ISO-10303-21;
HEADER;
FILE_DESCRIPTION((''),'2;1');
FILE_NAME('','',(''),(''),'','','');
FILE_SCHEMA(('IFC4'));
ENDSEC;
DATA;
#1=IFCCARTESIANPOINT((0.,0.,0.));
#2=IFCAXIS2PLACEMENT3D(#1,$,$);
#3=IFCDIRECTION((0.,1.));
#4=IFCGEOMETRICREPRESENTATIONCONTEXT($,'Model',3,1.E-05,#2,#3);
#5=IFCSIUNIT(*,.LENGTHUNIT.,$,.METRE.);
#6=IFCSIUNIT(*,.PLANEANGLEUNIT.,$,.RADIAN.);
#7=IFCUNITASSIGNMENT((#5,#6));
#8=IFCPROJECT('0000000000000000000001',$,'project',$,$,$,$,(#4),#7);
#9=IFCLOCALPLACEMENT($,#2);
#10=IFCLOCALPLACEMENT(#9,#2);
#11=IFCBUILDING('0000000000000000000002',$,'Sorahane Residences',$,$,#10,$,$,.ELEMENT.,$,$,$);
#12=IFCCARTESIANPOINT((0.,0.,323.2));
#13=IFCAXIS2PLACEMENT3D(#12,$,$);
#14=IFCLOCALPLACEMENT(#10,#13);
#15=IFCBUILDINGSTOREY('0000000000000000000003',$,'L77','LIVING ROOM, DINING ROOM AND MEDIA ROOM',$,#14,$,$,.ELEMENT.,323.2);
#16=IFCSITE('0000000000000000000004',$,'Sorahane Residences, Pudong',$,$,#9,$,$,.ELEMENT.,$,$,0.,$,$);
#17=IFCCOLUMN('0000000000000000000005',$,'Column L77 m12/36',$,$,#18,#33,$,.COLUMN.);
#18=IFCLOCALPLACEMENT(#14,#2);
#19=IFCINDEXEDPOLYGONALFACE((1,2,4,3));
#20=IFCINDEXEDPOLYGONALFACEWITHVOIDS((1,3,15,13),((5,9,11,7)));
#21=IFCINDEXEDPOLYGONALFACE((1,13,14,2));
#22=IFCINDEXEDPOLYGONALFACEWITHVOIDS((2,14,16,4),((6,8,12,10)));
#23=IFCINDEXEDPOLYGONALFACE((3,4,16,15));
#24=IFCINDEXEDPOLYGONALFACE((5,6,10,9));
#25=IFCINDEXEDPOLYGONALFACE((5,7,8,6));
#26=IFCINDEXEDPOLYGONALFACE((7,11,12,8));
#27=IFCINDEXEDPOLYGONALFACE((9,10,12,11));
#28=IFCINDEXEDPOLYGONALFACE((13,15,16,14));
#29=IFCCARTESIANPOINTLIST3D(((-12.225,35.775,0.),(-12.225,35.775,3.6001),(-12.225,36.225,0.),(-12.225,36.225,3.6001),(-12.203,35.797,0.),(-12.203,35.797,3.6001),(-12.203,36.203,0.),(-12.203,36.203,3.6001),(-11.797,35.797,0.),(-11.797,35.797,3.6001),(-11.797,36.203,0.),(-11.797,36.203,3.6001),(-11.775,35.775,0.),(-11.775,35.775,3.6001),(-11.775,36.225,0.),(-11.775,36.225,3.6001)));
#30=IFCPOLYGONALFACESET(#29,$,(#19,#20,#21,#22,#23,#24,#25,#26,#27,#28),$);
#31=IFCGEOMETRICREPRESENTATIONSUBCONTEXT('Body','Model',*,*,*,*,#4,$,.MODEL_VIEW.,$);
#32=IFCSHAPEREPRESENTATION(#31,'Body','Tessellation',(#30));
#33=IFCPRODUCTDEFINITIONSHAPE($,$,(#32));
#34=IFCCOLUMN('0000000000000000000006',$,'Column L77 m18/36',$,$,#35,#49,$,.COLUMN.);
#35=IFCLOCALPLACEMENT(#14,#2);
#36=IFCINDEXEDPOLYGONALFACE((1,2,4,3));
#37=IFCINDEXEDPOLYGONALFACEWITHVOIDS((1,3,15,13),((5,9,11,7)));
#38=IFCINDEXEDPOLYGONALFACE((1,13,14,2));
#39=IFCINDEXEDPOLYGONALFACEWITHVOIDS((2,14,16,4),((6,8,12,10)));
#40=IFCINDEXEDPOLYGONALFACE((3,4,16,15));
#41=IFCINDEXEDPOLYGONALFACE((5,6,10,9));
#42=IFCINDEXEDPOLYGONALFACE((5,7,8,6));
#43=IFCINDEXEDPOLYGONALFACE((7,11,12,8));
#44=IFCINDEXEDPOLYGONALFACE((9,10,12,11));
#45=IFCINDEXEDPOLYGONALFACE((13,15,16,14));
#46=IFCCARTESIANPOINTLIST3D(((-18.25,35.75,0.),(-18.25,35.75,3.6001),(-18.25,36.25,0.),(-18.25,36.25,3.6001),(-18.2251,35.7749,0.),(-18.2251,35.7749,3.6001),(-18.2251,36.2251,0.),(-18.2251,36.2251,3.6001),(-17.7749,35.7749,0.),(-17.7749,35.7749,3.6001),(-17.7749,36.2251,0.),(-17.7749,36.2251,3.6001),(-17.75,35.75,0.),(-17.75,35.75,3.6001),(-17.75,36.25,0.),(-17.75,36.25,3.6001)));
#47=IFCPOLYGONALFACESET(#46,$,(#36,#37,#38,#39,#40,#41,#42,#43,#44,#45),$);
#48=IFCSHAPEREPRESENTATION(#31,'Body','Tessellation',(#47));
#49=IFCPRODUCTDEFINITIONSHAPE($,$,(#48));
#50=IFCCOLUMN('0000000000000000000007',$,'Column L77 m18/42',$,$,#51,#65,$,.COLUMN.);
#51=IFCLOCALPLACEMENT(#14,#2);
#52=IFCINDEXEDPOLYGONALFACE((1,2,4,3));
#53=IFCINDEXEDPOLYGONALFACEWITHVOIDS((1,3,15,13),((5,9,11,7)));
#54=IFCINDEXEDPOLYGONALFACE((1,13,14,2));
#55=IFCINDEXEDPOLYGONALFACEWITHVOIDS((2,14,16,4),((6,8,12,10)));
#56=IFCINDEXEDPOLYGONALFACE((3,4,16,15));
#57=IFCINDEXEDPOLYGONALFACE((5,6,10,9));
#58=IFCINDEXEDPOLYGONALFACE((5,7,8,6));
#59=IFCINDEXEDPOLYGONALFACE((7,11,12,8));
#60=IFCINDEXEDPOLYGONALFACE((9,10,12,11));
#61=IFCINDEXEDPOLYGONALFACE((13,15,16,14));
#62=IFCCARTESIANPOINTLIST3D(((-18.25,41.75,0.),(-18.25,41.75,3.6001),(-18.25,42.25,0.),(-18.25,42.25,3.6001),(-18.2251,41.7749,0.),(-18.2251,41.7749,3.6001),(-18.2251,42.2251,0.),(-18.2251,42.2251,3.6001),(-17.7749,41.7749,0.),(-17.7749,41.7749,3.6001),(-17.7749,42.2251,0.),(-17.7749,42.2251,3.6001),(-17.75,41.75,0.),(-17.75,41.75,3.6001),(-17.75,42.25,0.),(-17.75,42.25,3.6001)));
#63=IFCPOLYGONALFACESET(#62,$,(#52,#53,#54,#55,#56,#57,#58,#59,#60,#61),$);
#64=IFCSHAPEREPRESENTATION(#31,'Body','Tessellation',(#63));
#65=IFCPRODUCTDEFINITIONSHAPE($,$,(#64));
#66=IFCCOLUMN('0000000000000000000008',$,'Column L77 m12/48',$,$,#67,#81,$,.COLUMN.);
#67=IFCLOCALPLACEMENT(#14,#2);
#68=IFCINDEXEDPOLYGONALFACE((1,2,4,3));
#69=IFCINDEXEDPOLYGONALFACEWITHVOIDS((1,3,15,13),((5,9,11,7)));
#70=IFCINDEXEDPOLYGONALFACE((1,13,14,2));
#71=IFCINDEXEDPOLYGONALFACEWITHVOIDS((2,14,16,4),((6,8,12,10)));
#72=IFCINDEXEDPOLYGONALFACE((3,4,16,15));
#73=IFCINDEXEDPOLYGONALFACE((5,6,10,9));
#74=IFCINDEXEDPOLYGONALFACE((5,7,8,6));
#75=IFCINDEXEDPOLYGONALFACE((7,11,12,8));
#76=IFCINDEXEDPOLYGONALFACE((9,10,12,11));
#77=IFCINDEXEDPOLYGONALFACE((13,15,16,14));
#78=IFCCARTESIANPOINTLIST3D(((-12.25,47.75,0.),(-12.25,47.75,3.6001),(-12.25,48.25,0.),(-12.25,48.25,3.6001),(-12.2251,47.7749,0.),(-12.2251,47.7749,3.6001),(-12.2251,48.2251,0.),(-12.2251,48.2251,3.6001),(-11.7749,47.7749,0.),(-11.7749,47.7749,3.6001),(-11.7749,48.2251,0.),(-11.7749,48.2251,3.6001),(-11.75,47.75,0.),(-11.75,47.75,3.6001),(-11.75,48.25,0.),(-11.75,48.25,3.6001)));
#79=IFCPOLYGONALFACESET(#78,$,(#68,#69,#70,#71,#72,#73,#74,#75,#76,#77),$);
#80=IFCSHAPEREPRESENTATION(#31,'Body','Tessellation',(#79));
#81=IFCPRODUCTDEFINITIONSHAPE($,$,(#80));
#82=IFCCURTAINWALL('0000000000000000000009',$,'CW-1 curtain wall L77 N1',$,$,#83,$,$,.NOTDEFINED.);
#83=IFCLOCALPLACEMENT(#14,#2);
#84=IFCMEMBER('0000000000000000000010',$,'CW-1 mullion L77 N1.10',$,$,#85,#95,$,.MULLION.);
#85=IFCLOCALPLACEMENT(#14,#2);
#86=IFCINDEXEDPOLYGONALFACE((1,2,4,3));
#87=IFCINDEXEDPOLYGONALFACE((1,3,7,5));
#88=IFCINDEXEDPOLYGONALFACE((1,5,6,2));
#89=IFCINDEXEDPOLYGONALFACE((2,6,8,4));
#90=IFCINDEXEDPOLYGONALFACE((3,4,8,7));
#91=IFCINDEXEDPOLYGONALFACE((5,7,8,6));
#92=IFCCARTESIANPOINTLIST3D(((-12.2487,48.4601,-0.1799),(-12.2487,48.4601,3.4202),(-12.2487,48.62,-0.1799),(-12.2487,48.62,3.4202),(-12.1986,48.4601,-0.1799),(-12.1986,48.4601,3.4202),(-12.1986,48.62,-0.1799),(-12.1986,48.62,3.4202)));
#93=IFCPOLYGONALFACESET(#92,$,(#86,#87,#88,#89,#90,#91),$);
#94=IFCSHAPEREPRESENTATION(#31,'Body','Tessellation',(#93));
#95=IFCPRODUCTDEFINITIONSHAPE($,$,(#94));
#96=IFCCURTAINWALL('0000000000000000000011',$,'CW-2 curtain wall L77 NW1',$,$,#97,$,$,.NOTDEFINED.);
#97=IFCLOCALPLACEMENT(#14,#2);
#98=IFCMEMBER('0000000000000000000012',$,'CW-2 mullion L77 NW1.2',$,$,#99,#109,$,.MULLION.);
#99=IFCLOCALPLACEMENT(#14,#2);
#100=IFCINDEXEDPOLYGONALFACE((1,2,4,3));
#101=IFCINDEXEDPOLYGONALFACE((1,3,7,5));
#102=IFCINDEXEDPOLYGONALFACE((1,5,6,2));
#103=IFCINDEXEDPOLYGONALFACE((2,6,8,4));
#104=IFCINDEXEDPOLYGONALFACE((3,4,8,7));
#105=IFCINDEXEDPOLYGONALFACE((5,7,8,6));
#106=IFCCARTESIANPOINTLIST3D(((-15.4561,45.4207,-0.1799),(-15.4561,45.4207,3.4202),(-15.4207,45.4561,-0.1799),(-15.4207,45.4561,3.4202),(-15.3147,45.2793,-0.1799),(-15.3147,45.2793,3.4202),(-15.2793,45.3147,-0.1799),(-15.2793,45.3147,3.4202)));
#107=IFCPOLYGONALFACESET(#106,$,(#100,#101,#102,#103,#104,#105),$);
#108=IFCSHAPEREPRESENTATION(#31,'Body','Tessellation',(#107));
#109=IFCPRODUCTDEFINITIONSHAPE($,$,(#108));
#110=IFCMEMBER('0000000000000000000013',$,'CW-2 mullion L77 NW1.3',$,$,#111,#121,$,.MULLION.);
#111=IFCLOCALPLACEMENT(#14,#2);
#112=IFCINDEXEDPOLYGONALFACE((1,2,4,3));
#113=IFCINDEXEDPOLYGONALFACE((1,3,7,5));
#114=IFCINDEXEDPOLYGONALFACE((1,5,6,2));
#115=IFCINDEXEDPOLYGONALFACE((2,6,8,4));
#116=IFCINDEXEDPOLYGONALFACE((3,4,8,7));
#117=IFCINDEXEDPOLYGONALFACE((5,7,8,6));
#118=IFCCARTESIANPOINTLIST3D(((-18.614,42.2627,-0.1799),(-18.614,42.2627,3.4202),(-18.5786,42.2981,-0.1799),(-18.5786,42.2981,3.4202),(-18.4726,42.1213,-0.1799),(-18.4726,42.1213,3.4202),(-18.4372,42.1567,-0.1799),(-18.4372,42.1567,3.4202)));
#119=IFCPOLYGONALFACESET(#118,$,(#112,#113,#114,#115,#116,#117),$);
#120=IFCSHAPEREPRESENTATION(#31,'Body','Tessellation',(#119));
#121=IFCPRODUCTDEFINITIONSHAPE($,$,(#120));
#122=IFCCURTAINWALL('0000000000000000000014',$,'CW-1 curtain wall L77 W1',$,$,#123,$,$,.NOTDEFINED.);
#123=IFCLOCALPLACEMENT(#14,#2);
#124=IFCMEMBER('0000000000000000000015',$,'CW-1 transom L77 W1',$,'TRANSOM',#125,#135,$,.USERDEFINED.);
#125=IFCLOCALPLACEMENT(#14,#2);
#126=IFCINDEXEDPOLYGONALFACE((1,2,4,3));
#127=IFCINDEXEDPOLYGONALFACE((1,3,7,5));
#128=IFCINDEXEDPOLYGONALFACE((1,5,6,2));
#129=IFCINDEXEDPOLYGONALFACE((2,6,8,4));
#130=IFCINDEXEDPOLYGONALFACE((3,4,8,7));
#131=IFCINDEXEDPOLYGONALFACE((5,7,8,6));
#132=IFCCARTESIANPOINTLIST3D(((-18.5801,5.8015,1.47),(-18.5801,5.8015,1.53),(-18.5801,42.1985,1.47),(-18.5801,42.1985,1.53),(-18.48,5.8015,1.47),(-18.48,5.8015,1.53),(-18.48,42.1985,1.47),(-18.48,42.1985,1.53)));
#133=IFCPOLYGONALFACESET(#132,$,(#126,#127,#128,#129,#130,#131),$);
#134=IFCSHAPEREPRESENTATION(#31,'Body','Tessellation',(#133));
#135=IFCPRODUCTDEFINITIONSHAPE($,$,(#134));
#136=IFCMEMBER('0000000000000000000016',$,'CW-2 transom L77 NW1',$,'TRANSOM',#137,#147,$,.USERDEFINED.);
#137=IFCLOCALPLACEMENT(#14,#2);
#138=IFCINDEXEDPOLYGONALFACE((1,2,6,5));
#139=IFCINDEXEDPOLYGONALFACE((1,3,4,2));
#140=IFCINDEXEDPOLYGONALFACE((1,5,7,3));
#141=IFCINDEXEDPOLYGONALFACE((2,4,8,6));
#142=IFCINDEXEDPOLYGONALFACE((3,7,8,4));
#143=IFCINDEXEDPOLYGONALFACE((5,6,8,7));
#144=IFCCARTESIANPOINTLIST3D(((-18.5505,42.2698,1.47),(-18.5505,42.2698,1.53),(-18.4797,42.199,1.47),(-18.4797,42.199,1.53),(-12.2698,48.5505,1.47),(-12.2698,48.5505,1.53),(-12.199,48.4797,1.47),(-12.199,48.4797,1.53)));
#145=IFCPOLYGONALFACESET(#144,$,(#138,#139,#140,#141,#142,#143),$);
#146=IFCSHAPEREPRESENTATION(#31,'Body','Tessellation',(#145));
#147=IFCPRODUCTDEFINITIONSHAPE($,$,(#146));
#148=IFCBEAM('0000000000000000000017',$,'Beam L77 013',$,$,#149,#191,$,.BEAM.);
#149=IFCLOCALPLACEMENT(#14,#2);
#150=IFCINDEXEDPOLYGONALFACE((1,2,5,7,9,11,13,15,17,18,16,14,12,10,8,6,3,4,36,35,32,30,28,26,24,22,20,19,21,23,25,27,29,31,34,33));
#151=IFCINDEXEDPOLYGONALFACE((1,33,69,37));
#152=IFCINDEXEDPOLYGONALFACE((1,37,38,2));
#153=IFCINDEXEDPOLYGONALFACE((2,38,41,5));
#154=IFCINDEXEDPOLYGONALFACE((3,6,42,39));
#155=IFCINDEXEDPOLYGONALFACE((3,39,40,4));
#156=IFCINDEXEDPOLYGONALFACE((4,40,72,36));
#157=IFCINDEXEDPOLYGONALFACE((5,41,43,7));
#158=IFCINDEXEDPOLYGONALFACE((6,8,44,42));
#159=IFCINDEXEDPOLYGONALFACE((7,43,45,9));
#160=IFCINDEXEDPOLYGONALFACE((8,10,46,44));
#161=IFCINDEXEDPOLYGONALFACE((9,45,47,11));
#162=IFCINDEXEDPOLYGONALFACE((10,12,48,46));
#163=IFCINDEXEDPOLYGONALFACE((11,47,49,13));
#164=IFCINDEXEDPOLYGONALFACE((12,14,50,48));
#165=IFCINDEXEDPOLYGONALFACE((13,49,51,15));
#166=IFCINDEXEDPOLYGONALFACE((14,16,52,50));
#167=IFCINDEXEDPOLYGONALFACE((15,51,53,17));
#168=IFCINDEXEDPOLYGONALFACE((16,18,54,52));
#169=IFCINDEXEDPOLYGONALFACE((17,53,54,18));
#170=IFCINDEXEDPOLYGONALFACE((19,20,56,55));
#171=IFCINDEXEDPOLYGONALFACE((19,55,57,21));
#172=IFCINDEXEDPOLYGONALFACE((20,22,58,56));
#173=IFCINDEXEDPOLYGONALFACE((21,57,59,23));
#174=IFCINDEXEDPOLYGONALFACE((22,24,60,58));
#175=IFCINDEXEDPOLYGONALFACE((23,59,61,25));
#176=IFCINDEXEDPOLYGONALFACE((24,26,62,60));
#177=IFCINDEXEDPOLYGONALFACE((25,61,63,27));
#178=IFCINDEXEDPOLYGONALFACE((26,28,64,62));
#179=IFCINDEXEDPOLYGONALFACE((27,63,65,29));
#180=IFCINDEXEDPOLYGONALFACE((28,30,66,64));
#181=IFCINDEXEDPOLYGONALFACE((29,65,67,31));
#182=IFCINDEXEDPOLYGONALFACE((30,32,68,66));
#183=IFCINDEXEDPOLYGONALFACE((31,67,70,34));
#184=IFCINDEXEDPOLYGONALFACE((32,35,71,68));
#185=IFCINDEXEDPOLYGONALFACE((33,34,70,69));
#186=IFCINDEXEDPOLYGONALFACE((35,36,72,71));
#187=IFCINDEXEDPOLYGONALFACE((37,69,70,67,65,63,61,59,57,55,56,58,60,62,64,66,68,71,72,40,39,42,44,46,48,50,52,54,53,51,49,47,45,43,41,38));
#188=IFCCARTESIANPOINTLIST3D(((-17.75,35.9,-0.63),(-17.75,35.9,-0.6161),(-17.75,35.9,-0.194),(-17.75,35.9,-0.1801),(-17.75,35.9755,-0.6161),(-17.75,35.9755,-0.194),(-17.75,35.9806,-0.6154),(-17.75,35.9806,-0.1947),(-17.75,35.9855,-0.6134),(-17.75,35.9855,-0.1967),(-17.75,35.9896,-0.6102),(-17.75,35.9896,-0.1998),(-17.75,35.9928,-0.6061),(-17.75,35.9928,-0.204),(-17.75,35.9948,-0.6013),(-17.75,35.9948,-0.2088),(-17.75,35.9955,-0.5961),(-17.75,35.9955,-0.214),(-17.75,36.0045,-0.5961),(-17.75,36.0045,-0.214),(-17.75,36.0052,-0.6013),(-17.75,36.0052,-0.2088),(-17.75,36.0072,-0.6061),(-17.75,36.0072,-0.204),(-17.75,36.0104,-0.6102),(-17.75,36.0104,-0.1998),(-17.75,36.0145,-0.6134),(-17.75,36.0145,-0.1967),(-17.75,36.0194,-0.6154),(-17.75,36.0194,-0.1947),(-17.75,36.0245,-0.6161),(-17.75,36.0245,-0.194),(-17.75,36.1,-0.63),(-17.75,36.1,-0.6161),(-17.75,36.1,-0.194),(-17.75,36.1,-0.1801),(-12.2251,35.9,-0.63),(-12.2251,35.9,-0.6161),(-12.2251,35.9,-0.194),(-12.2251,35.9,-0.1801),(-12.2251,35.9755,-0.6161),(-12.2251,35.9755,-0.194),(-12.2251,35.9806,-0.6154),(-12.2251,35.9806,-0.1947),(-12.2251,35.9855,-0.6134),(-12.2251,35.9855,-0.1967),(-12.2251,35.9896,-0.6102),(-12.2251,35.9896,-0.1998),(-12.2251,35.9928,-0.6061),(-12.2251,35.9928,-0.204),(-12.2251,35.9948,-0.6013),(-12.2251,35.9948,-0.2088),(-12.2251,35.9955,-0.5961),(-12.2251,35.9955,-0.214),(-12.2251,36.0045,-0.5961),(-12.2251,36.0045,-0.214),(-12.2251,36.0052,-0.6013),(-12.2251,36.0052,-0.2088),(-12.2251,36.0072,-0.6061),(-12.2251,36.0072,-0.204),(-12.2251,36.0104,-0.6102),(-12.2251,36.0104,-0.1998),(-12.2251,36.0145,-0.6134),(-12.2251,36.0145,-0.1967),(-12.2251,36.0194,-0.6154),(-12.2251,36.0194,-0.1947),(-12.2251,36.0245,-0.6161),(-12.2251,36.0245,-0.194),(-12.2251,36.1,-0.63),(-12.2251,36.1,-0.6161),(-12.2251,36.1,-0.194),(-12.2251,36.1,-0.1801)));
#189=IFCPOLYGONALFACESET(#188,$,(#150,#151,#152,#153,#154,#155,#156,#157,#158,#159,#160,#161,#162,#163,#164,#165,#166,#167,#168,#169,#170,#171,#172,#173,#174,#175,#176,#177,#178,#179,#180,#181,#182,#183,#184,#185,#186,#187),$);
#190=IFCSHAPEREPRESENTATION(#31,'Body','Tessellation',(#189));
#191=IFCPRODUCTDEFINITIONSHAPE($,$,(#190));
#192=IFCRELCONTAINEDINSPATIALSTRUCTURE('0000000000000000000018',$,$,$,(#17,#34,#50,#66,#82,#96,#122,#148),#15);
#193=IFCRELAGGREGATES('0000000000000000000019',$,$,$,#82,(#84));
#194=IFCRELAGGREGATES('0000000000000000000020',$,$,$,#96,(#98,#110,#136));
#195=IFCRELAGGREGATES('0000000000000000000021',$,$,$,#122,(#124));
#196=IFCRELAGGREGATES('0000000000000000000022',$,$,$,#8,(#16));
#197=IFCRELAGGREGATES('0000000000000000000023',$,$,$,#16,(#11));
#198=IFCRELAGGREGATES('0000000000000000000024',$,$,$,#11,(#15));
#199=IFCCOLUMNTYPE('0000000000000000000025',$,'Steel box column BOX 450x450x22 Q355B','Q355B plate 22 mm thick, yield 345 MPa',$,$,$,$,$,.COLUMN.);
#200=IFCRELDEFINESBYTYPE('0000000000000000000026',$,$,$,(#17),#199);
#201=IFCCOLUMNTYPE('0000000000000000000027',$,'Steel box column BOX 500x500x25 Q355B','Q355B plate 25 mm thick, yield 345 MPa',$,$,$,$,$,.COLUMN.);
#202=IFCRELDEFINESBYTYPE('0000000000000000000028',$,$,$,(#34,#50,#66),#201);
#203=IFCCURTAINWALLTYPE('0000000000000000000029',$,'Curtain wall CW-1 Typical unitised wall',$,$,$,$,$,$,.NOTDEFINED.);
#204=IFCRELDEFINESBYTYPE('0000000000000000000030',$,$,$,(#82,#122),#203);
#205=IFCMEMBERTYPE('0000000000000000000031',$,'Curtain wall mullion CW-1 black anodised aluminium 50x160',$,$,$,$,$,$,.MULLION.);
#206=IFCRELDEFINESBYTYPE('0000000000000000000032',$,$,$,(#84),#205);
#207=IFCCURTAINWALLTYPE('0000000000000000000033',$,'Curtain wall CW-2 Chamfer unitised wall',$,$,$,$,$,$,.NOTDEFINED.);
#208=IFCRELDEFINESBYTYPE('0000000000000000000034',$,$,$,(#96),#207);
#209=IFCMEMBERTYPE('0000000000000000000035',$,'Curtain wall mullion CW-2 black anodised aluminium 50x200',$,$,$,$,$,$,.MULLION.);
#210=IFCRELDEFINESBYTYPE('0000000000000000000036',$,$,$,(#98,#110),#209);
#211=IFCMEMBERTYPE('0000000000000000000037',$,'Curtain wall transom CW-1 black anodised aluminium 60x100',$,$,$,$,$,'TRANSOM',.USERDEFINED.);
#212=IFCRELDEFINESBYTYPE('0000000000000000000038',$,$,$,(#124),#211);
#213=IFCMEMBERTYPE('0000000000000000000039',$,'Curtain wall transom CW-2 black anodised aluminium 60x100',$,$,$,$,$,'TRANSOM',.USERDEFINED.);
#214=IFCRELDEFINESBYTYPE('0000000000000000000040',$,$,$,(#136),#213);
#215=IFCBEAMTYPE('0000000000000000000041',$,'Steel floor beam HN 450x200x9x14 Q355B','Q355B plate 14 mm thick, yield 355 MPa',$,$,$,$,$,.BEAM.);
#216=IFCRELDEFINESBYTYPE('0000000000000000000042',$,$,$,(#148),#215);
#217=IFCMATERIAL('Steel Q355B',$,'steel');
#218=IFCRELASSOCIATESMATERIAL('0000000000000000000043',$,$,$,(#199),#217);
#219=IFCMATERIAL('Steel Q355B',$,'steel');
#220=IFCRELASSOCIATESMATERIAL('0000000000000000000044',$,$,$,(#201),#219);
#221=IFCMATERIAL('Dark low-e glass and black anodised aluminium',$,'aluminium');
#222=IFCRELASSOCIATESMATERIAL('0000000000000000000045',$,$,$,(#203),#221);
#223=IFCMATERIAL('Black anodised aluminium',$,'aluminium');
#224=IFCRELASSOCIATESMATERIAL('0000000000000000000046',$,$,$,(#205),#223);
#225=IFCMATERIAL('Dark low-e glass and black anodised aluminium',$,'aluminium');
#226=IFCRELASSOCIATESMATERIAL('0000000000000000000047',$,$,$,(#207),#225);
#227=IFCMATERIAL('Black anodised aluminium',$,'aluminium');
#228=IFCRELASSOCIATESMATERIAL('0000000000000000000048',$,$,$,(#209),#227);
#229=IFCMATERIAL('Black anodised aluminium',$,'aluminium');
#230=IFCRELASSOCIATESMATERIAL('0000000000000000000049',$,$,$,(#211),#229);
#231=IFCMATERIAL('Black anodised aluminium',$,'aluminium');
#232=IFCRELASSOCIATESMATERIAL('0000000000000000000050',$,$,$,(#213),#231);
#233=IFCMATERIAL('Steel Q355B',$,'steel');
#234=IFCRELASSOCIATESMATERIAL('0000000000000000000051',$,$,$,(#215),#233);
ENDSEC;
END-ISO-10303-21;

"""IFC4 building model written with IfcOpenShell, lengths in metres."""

from ifc_helpers import new_model, si_unit, direction, frame, origin, origin_2d, place, context, subcontext, project, spatial, rectangle, hollow_rectangle, i_section, extrude, material, material_profile, profile_set, type_object, element, aggregate, save


model = new_model("IFC4")

# Units and contexts
model_context = context("Model", 3, precision=1e-05, world=origin(), true_north=direction((0.0, 1.0)))
body_context = subcontext(model_context, "Body", "Model", "MODEL_VIEW")
ifc_project = project(units=[si_unit("LENGTHUNIT", "METRE"), si_unit("PLANEANGLEUNIT", "RADIAN")], contexts=[model_context])

# Site, building, storey
site_placement = place(None, origin())
site = spatial("IfcSite", under=ifc_project, at=site_placement, Name="Sorahane Residences, Pudong", CompositionType="ELEMENT", RefElevation=0.0)
building_placement = place(site_placement, origin())
building = spatial("IfcBuilding", under=site, at=building_placement, Name="Sorahane Residences", CompositionType="ELEMENT")
storey_placement = place(building_placement, frame((0.0, 0.0, 323.2)))
storey = spatial("IfcBuildingStorey", under=building, at=storey_placement, Name="L77", Description="LIVING ROOM, DINING ROOM AND MEDIA ROOM", CompositionType="ELEMENT", Elevation=323.2)

# Columns
ifc_material_1 = material(Name="Steel Q355B", Category="steel")
ifc_material_profile_1 = material_profile(ifc_material_1, hollow_rectangle(XDim=0.45, YDim=0.45, WallThickness=0.022, at=origin_2d()), Name="BOX 450x450x22")
ifc_profile_set_1 = profile_set([ifc_material_profile_1], Name="Steel Q355B")
column_type_1 = type_object("IfcColumnType", Name="Steel box column BOX 450x450x22 Q355B", Description="Q355B plate 22 mm thick, yield 345 MPa", PredefinedType="COLUMN", material=ifc_profile_set_1)
column_placement = place(storey_placement, frame((-12.0, 36.0, 0.0), z_axis=(0.0, 0.0, 1.0), x_axis=(1.0, 0.0, 0.0)))
element("IfcColumn", 1, at=column_placement, inside=storey, type_object=column_type_1, Name="Column L77 m12/36", PredefinedType="COLUMN", context=body_context, shape_type="SweptSolid", body=[
    extrude(hollow_rectangle(XDim=0.45, YDim=0.45, WallThickness=0.022, at=origin_2d()), origin(), (0.0, 0.0, 1.0), 3.6001),
])
ifc_material_2 = material(Name="Steel Q355B", Category="steel")
ifc_material_profile_2 = material_profile(ifc_material_2, hollow_rectangle(XDim=0.5, YDim=0.5, WallThickness=0.0249, at=origin_2d()), Name="BOX 500x500x25")
ifc_profile_set_2 = profile_set([ifc_material_profile_2], Name="Steel Q355B")
column_type_2 = type_object("IfcColumnType", Name="Steel box column BOX 500x500x25 Q355B", Description="Q355B plate 25 mm thick, yield 345 MPa", PredefinedType="COLUMN", material=ifc_profile_set_2)
for number, where, z_axis, x_axis, name in (
    (2, (-18.0, 36.0, 0.0), (0.0, 0.0, 1.0), (1.0, 0.0, 0.0), "Column L77 m18/36"),
    (3, (-18.0, 42.0, 0.0), (0.0, 0.0, 1.0), (1.0, 0.0, 0.0), "Column L77 m18/42"),
    (4, (-12.0, 48.0, 0.0), (0.0, 0.0, 1.0), (1.0, 0.0, 0.0), "Column L77 m12/48"),
):
    element("IfcColumn", number, at=place(storey_placement, frame(where, z_axis=z_axis, x_axis=x_axis)), inside=storey, type_object=column_type_2, Name=name, PredefinedType="COLUMN", context=body_context, shape_type="SweptSolid", body=[
        extrude(hollow_rectangle(XDim=0.5, YDim=0.5, WallThickness=0.0249, at=origin_2d()), origin(), (0.0, 0.0, 1.0), 3.6001),
    ])

# Curtain wall, member
ifc_material_3 = material(Name="Dark low-e glass and black anodised aluminium", Category="aluminium")
curtain_wall_type_1 = type_object("IfcCurtainWallType", Name="Curtain wall CW-1 Typical unitised wall", PredefinedType="NOTDEFINED", material=ifc_material_3)
curtain_wall_1_placement = place(storey_placement, origin())
curtain_wall_1 = element("IfcCurtainWall", 5, at=curtain_wall_1_placement, inside=storey, type_object=curtain_wall_type_1, Name="CW-1 curtain wall L77 N1", PredefinedType="NOTDEFINED")
ifc_material_4 = material(Name="Black anodised aluminium", Category="aluminium")
ifc_material_profile_3 = material_profile(ifc_material_4, rectangle(XDim=0.1599, YDim=0.05, at=origin_2d()), Name="Curtain wall mullion CW-1 black anodised aluminium 50x160")
ifc_profile_set_3 = profile_set([ifc_material_profile_3], Name="Black anodised aluminium")
member_type_1 = type_object("IfcMemberType", Name="Curtain wall mullion CW-1 black anodised aluminium 50x160", PredefinedType="MULLION", material=ifc_profile_set_3)
member_1_placement = place(storey_placement, frame((-12.2236, 48.54, -0.1799), z_axis=(0.0, 0.0, 1.0), x_axis=(0.0, 1.0, 0.0)))
member_1 = element("IfcMember", 6, at=member_1_placement, type_object=member_type_1, Name="CW-1 mullion L77 N1.10", PredefinedType="MULLION", context=body_context, shape_type="SweptSolid", body=[
    extrude(rectangle(XDim=0.1599, YDim=0.05, at=origin_2d()), origin(), (0.0, 0.0, 1.0), 3.6001),
])

# Curtain wall, members
ifc_material_5 = material(Name="Dark low-e glass and black anodised aluminium", Category="aluminium")
curtain_wall_type_2 = type_object("IfcCurtainWallType", Name="Curtain wall CW-2 Chamfer unitised wall", PredefinedType="NOTDEFINED", material=ifc_material_5)
curtain_wall_2_placement = place(storey_placement, origin())
curtain_wall_2 = element("IfcCurtainWall", 7, at=curtain_wall_2_placement, inside=storey, type_object=curtain_wall_type_2, Name="CW-2 curtain wall L77 NW1", PredefinedType="NOTDEFINED")
ifc_material_6 = material(Name="Black anodised aluminium", Category="aluminium")
ifc_material_profile_4 = material_profile(ifc_material_6, rectangle(XDim=0.2, YDim=0.05, at=origin_2d()), Name="Curtain wall mullion CW-2 black anodised aluminium 50x200")
ifc_profile_set_4 = profile_set([ifc_material_profile_4], Name="Black anodised aluminium")
member_type_2 = type_object("IfcMemberType", Name="Curtain wall mullion CW-2 black anodised aluminium 50x200", PredefinedType="MULLION", material=ifc_profile_set_4)
member_2_placement = place(storey_placement, frame((-15.3677, 45.3677, -0.1799), z_axis=(0.0, 0.0, 1.0), x_axis=(-0.707107, 0.707107, 0.0)))
member_2 = element("IfcMember", 8, at=member_2_placement, type_object=member_type_2, Name="CW-2 mullion L77 NW1.2", PredefinedType="MULLION", context=body_context, shape_type="SweptSolid", body=[
    extrude(rectangle(XDim=0.2, YDim=0.05, at=origin_2d()), origin(), (0.0, 0.0, 1.0), 3.6001),
])
member_3_placement = place(storey_placement, frame((-18.5256, 42.2097, -0.1799), z_axis=(0.0, 0.0, 1.0), x_axis=(-0.707107, 0.707107, 0.0)))
member_3 = element("IfcMember", 9, at=member_3_placement, type_object=member_type_2, Name="CW-2 mullion L77 NW1.3", PredefinedType="MULLION", context=body_context, shape_type="SweptSolid", body=[
    extrude(rectangle(XDim=0.2, YDim=0.05, at=origin_2d()), origin(), (0.0, 0.0, 1.0), 3.6001),
])

# Curtain wall, member
curtain_wall_3_placement = place(storey_placement, origin())
curtain_wall_3 = element("IfcCurtainWall", 10, at=curtain_wall_3_placement, inside=storey, type_object=curtain_wall_type_1, Name="CW-1 curtain wall L77 W1", PredefinedType="NOTDEFINED")
ifc_material_7 = material(Name="Black anodised aluminium", Category="aluminium")
ifc_material_profile_5 = material_profile(ifc_material_7, rectangle(XDim=0.1001, YDim=0.0601, at=origin_2d()), Name="Curtain wall transom CW-1 black anodised aluminium 60x100")
ifc_profile_set_5 = profile_set([ifc_material_profile_5], Name="Black anodised aluminium")
member_type_3 = type_object("IfcMemberType", Name="Curtain wall transom CW-1 black anodised aluminium 60x100", ElementType="TRANSOM", PredefinedType="USERDEFINED", material=ifc_profile_set_5)
member_4_placement = place(storey_placement, frame((-18.53, 42.1985, 1.5), z_axis=(0.0, -1.0, 0.0), x_axis=(1.0, 0.0, 0.0)))
member_4 = element("IfcMember", 11, at=member_4_placement, type_object=member_type_3, Name="CW-1 transom L77 W1", ObjectType="TRANSOM", PredefinedType="USERDEFINED", context=body_context, shape_type="SweptSolid", body=[
    extrude(rectangle(XDim=0.1001, YDim=0.0601, at=origin_2d()), origin(), (0.0, 0.0, 1.0), 36.397),
])

# Member
ifc_material_8 = material(Name="Black anodised aluminium", Category="aluminium")
ifc_material_profile_6 = material_profile(ifc_material_8, rectangle(XDim=0.1001, YDim=0.0601, at=origin_2d()), Name="Curtain wall transom CW-2 black anodised aluminium 60x100")
ifc_profile_set_6 = profile_set([ifc_material_profile_6], Name="Black anodised aluminium")
member_type_4 = type_object("IfcMemberType", Name="Curtain wall transom CW-2 black anodised aluminium 60x100", ElementType="TRANSOM", PredefinedType="USERDEFINED", material=ifc_profile_set_6)
member_5_placement = place(storey_placement, frame((-12.2344, 48.5151, 1.5), z_axis=(-0.707107, -0.707107, 0.0), x_axis=(0.707107, -0.707107, 0.0)))
member_5 = element("IfcMember", 12, at=member_5_placement, type_object=member_type_4, Name="CW-2 transom L77 NW1", ObjectType="TRANSOM", PredefinedType="USERDEFINED", context=body_context, shape_type="SweptSolid", body=[
    extrude(rectangle(XDim=0.1001, YDim=0.0601, at=origin_2d()), origin(), (0.0, 0.0, 1.0), 8.8823),
])

# Beam
ifc_material_9 = material(Name="Steel Q355B", Category="steel")
ifc_material_profile_7 = material_profile(ifc_material_9, i_section(OverallWidth=0.2, OverallDepth=0.45, WebThickness=0.009, FlangeThickness=0.0139, FilletRadius=0.02, at=origin_2d()), Name="HN 450x200x9x14")
ifc_profile_set_7 = profile_set([ifc_material_profile_7], Name="Steel Q355B")
beam_type_1 = type_object("IfcBeamType", Name="Steel floor beam HN 450x200x9x14 Q355B", Description="Q355B plate 14 mm thick, yield 355 MPa", PredefinedType="BEAM", material=ifc_profile_set_7)
beam_1_placement = place(storey_placement, frame((-17.75, 36.0, -0.405), z_axis=(1.0, 0.0, 0.0), x_axis=(0.0, 1.0, 0.0)))
element("IfcBeam", 13, at=beam_1_placement, inside=storey, type_object=beam_type_1, Name="Beam L77 013", PredefinedType="BEAM", context=body_context, shape_type="SweptSolid", body=[
    extrude(i_section(OverallWidth=0.2, OverallDepth=0.45, WebThickness=0.009, FlangeThickness=0.0139, FilletRadius=0.02, at=origin_2d()), origin(), (0.0, 0.0, 1.0), 5.5249),
])

aggregate(curtain_wall_1, [member_1])
aggregate(curtain_wall_2, [member_2, member_3, member_5])
aggregate(curtain_wall_3, [member_4])

save(model, "model.ifc")
